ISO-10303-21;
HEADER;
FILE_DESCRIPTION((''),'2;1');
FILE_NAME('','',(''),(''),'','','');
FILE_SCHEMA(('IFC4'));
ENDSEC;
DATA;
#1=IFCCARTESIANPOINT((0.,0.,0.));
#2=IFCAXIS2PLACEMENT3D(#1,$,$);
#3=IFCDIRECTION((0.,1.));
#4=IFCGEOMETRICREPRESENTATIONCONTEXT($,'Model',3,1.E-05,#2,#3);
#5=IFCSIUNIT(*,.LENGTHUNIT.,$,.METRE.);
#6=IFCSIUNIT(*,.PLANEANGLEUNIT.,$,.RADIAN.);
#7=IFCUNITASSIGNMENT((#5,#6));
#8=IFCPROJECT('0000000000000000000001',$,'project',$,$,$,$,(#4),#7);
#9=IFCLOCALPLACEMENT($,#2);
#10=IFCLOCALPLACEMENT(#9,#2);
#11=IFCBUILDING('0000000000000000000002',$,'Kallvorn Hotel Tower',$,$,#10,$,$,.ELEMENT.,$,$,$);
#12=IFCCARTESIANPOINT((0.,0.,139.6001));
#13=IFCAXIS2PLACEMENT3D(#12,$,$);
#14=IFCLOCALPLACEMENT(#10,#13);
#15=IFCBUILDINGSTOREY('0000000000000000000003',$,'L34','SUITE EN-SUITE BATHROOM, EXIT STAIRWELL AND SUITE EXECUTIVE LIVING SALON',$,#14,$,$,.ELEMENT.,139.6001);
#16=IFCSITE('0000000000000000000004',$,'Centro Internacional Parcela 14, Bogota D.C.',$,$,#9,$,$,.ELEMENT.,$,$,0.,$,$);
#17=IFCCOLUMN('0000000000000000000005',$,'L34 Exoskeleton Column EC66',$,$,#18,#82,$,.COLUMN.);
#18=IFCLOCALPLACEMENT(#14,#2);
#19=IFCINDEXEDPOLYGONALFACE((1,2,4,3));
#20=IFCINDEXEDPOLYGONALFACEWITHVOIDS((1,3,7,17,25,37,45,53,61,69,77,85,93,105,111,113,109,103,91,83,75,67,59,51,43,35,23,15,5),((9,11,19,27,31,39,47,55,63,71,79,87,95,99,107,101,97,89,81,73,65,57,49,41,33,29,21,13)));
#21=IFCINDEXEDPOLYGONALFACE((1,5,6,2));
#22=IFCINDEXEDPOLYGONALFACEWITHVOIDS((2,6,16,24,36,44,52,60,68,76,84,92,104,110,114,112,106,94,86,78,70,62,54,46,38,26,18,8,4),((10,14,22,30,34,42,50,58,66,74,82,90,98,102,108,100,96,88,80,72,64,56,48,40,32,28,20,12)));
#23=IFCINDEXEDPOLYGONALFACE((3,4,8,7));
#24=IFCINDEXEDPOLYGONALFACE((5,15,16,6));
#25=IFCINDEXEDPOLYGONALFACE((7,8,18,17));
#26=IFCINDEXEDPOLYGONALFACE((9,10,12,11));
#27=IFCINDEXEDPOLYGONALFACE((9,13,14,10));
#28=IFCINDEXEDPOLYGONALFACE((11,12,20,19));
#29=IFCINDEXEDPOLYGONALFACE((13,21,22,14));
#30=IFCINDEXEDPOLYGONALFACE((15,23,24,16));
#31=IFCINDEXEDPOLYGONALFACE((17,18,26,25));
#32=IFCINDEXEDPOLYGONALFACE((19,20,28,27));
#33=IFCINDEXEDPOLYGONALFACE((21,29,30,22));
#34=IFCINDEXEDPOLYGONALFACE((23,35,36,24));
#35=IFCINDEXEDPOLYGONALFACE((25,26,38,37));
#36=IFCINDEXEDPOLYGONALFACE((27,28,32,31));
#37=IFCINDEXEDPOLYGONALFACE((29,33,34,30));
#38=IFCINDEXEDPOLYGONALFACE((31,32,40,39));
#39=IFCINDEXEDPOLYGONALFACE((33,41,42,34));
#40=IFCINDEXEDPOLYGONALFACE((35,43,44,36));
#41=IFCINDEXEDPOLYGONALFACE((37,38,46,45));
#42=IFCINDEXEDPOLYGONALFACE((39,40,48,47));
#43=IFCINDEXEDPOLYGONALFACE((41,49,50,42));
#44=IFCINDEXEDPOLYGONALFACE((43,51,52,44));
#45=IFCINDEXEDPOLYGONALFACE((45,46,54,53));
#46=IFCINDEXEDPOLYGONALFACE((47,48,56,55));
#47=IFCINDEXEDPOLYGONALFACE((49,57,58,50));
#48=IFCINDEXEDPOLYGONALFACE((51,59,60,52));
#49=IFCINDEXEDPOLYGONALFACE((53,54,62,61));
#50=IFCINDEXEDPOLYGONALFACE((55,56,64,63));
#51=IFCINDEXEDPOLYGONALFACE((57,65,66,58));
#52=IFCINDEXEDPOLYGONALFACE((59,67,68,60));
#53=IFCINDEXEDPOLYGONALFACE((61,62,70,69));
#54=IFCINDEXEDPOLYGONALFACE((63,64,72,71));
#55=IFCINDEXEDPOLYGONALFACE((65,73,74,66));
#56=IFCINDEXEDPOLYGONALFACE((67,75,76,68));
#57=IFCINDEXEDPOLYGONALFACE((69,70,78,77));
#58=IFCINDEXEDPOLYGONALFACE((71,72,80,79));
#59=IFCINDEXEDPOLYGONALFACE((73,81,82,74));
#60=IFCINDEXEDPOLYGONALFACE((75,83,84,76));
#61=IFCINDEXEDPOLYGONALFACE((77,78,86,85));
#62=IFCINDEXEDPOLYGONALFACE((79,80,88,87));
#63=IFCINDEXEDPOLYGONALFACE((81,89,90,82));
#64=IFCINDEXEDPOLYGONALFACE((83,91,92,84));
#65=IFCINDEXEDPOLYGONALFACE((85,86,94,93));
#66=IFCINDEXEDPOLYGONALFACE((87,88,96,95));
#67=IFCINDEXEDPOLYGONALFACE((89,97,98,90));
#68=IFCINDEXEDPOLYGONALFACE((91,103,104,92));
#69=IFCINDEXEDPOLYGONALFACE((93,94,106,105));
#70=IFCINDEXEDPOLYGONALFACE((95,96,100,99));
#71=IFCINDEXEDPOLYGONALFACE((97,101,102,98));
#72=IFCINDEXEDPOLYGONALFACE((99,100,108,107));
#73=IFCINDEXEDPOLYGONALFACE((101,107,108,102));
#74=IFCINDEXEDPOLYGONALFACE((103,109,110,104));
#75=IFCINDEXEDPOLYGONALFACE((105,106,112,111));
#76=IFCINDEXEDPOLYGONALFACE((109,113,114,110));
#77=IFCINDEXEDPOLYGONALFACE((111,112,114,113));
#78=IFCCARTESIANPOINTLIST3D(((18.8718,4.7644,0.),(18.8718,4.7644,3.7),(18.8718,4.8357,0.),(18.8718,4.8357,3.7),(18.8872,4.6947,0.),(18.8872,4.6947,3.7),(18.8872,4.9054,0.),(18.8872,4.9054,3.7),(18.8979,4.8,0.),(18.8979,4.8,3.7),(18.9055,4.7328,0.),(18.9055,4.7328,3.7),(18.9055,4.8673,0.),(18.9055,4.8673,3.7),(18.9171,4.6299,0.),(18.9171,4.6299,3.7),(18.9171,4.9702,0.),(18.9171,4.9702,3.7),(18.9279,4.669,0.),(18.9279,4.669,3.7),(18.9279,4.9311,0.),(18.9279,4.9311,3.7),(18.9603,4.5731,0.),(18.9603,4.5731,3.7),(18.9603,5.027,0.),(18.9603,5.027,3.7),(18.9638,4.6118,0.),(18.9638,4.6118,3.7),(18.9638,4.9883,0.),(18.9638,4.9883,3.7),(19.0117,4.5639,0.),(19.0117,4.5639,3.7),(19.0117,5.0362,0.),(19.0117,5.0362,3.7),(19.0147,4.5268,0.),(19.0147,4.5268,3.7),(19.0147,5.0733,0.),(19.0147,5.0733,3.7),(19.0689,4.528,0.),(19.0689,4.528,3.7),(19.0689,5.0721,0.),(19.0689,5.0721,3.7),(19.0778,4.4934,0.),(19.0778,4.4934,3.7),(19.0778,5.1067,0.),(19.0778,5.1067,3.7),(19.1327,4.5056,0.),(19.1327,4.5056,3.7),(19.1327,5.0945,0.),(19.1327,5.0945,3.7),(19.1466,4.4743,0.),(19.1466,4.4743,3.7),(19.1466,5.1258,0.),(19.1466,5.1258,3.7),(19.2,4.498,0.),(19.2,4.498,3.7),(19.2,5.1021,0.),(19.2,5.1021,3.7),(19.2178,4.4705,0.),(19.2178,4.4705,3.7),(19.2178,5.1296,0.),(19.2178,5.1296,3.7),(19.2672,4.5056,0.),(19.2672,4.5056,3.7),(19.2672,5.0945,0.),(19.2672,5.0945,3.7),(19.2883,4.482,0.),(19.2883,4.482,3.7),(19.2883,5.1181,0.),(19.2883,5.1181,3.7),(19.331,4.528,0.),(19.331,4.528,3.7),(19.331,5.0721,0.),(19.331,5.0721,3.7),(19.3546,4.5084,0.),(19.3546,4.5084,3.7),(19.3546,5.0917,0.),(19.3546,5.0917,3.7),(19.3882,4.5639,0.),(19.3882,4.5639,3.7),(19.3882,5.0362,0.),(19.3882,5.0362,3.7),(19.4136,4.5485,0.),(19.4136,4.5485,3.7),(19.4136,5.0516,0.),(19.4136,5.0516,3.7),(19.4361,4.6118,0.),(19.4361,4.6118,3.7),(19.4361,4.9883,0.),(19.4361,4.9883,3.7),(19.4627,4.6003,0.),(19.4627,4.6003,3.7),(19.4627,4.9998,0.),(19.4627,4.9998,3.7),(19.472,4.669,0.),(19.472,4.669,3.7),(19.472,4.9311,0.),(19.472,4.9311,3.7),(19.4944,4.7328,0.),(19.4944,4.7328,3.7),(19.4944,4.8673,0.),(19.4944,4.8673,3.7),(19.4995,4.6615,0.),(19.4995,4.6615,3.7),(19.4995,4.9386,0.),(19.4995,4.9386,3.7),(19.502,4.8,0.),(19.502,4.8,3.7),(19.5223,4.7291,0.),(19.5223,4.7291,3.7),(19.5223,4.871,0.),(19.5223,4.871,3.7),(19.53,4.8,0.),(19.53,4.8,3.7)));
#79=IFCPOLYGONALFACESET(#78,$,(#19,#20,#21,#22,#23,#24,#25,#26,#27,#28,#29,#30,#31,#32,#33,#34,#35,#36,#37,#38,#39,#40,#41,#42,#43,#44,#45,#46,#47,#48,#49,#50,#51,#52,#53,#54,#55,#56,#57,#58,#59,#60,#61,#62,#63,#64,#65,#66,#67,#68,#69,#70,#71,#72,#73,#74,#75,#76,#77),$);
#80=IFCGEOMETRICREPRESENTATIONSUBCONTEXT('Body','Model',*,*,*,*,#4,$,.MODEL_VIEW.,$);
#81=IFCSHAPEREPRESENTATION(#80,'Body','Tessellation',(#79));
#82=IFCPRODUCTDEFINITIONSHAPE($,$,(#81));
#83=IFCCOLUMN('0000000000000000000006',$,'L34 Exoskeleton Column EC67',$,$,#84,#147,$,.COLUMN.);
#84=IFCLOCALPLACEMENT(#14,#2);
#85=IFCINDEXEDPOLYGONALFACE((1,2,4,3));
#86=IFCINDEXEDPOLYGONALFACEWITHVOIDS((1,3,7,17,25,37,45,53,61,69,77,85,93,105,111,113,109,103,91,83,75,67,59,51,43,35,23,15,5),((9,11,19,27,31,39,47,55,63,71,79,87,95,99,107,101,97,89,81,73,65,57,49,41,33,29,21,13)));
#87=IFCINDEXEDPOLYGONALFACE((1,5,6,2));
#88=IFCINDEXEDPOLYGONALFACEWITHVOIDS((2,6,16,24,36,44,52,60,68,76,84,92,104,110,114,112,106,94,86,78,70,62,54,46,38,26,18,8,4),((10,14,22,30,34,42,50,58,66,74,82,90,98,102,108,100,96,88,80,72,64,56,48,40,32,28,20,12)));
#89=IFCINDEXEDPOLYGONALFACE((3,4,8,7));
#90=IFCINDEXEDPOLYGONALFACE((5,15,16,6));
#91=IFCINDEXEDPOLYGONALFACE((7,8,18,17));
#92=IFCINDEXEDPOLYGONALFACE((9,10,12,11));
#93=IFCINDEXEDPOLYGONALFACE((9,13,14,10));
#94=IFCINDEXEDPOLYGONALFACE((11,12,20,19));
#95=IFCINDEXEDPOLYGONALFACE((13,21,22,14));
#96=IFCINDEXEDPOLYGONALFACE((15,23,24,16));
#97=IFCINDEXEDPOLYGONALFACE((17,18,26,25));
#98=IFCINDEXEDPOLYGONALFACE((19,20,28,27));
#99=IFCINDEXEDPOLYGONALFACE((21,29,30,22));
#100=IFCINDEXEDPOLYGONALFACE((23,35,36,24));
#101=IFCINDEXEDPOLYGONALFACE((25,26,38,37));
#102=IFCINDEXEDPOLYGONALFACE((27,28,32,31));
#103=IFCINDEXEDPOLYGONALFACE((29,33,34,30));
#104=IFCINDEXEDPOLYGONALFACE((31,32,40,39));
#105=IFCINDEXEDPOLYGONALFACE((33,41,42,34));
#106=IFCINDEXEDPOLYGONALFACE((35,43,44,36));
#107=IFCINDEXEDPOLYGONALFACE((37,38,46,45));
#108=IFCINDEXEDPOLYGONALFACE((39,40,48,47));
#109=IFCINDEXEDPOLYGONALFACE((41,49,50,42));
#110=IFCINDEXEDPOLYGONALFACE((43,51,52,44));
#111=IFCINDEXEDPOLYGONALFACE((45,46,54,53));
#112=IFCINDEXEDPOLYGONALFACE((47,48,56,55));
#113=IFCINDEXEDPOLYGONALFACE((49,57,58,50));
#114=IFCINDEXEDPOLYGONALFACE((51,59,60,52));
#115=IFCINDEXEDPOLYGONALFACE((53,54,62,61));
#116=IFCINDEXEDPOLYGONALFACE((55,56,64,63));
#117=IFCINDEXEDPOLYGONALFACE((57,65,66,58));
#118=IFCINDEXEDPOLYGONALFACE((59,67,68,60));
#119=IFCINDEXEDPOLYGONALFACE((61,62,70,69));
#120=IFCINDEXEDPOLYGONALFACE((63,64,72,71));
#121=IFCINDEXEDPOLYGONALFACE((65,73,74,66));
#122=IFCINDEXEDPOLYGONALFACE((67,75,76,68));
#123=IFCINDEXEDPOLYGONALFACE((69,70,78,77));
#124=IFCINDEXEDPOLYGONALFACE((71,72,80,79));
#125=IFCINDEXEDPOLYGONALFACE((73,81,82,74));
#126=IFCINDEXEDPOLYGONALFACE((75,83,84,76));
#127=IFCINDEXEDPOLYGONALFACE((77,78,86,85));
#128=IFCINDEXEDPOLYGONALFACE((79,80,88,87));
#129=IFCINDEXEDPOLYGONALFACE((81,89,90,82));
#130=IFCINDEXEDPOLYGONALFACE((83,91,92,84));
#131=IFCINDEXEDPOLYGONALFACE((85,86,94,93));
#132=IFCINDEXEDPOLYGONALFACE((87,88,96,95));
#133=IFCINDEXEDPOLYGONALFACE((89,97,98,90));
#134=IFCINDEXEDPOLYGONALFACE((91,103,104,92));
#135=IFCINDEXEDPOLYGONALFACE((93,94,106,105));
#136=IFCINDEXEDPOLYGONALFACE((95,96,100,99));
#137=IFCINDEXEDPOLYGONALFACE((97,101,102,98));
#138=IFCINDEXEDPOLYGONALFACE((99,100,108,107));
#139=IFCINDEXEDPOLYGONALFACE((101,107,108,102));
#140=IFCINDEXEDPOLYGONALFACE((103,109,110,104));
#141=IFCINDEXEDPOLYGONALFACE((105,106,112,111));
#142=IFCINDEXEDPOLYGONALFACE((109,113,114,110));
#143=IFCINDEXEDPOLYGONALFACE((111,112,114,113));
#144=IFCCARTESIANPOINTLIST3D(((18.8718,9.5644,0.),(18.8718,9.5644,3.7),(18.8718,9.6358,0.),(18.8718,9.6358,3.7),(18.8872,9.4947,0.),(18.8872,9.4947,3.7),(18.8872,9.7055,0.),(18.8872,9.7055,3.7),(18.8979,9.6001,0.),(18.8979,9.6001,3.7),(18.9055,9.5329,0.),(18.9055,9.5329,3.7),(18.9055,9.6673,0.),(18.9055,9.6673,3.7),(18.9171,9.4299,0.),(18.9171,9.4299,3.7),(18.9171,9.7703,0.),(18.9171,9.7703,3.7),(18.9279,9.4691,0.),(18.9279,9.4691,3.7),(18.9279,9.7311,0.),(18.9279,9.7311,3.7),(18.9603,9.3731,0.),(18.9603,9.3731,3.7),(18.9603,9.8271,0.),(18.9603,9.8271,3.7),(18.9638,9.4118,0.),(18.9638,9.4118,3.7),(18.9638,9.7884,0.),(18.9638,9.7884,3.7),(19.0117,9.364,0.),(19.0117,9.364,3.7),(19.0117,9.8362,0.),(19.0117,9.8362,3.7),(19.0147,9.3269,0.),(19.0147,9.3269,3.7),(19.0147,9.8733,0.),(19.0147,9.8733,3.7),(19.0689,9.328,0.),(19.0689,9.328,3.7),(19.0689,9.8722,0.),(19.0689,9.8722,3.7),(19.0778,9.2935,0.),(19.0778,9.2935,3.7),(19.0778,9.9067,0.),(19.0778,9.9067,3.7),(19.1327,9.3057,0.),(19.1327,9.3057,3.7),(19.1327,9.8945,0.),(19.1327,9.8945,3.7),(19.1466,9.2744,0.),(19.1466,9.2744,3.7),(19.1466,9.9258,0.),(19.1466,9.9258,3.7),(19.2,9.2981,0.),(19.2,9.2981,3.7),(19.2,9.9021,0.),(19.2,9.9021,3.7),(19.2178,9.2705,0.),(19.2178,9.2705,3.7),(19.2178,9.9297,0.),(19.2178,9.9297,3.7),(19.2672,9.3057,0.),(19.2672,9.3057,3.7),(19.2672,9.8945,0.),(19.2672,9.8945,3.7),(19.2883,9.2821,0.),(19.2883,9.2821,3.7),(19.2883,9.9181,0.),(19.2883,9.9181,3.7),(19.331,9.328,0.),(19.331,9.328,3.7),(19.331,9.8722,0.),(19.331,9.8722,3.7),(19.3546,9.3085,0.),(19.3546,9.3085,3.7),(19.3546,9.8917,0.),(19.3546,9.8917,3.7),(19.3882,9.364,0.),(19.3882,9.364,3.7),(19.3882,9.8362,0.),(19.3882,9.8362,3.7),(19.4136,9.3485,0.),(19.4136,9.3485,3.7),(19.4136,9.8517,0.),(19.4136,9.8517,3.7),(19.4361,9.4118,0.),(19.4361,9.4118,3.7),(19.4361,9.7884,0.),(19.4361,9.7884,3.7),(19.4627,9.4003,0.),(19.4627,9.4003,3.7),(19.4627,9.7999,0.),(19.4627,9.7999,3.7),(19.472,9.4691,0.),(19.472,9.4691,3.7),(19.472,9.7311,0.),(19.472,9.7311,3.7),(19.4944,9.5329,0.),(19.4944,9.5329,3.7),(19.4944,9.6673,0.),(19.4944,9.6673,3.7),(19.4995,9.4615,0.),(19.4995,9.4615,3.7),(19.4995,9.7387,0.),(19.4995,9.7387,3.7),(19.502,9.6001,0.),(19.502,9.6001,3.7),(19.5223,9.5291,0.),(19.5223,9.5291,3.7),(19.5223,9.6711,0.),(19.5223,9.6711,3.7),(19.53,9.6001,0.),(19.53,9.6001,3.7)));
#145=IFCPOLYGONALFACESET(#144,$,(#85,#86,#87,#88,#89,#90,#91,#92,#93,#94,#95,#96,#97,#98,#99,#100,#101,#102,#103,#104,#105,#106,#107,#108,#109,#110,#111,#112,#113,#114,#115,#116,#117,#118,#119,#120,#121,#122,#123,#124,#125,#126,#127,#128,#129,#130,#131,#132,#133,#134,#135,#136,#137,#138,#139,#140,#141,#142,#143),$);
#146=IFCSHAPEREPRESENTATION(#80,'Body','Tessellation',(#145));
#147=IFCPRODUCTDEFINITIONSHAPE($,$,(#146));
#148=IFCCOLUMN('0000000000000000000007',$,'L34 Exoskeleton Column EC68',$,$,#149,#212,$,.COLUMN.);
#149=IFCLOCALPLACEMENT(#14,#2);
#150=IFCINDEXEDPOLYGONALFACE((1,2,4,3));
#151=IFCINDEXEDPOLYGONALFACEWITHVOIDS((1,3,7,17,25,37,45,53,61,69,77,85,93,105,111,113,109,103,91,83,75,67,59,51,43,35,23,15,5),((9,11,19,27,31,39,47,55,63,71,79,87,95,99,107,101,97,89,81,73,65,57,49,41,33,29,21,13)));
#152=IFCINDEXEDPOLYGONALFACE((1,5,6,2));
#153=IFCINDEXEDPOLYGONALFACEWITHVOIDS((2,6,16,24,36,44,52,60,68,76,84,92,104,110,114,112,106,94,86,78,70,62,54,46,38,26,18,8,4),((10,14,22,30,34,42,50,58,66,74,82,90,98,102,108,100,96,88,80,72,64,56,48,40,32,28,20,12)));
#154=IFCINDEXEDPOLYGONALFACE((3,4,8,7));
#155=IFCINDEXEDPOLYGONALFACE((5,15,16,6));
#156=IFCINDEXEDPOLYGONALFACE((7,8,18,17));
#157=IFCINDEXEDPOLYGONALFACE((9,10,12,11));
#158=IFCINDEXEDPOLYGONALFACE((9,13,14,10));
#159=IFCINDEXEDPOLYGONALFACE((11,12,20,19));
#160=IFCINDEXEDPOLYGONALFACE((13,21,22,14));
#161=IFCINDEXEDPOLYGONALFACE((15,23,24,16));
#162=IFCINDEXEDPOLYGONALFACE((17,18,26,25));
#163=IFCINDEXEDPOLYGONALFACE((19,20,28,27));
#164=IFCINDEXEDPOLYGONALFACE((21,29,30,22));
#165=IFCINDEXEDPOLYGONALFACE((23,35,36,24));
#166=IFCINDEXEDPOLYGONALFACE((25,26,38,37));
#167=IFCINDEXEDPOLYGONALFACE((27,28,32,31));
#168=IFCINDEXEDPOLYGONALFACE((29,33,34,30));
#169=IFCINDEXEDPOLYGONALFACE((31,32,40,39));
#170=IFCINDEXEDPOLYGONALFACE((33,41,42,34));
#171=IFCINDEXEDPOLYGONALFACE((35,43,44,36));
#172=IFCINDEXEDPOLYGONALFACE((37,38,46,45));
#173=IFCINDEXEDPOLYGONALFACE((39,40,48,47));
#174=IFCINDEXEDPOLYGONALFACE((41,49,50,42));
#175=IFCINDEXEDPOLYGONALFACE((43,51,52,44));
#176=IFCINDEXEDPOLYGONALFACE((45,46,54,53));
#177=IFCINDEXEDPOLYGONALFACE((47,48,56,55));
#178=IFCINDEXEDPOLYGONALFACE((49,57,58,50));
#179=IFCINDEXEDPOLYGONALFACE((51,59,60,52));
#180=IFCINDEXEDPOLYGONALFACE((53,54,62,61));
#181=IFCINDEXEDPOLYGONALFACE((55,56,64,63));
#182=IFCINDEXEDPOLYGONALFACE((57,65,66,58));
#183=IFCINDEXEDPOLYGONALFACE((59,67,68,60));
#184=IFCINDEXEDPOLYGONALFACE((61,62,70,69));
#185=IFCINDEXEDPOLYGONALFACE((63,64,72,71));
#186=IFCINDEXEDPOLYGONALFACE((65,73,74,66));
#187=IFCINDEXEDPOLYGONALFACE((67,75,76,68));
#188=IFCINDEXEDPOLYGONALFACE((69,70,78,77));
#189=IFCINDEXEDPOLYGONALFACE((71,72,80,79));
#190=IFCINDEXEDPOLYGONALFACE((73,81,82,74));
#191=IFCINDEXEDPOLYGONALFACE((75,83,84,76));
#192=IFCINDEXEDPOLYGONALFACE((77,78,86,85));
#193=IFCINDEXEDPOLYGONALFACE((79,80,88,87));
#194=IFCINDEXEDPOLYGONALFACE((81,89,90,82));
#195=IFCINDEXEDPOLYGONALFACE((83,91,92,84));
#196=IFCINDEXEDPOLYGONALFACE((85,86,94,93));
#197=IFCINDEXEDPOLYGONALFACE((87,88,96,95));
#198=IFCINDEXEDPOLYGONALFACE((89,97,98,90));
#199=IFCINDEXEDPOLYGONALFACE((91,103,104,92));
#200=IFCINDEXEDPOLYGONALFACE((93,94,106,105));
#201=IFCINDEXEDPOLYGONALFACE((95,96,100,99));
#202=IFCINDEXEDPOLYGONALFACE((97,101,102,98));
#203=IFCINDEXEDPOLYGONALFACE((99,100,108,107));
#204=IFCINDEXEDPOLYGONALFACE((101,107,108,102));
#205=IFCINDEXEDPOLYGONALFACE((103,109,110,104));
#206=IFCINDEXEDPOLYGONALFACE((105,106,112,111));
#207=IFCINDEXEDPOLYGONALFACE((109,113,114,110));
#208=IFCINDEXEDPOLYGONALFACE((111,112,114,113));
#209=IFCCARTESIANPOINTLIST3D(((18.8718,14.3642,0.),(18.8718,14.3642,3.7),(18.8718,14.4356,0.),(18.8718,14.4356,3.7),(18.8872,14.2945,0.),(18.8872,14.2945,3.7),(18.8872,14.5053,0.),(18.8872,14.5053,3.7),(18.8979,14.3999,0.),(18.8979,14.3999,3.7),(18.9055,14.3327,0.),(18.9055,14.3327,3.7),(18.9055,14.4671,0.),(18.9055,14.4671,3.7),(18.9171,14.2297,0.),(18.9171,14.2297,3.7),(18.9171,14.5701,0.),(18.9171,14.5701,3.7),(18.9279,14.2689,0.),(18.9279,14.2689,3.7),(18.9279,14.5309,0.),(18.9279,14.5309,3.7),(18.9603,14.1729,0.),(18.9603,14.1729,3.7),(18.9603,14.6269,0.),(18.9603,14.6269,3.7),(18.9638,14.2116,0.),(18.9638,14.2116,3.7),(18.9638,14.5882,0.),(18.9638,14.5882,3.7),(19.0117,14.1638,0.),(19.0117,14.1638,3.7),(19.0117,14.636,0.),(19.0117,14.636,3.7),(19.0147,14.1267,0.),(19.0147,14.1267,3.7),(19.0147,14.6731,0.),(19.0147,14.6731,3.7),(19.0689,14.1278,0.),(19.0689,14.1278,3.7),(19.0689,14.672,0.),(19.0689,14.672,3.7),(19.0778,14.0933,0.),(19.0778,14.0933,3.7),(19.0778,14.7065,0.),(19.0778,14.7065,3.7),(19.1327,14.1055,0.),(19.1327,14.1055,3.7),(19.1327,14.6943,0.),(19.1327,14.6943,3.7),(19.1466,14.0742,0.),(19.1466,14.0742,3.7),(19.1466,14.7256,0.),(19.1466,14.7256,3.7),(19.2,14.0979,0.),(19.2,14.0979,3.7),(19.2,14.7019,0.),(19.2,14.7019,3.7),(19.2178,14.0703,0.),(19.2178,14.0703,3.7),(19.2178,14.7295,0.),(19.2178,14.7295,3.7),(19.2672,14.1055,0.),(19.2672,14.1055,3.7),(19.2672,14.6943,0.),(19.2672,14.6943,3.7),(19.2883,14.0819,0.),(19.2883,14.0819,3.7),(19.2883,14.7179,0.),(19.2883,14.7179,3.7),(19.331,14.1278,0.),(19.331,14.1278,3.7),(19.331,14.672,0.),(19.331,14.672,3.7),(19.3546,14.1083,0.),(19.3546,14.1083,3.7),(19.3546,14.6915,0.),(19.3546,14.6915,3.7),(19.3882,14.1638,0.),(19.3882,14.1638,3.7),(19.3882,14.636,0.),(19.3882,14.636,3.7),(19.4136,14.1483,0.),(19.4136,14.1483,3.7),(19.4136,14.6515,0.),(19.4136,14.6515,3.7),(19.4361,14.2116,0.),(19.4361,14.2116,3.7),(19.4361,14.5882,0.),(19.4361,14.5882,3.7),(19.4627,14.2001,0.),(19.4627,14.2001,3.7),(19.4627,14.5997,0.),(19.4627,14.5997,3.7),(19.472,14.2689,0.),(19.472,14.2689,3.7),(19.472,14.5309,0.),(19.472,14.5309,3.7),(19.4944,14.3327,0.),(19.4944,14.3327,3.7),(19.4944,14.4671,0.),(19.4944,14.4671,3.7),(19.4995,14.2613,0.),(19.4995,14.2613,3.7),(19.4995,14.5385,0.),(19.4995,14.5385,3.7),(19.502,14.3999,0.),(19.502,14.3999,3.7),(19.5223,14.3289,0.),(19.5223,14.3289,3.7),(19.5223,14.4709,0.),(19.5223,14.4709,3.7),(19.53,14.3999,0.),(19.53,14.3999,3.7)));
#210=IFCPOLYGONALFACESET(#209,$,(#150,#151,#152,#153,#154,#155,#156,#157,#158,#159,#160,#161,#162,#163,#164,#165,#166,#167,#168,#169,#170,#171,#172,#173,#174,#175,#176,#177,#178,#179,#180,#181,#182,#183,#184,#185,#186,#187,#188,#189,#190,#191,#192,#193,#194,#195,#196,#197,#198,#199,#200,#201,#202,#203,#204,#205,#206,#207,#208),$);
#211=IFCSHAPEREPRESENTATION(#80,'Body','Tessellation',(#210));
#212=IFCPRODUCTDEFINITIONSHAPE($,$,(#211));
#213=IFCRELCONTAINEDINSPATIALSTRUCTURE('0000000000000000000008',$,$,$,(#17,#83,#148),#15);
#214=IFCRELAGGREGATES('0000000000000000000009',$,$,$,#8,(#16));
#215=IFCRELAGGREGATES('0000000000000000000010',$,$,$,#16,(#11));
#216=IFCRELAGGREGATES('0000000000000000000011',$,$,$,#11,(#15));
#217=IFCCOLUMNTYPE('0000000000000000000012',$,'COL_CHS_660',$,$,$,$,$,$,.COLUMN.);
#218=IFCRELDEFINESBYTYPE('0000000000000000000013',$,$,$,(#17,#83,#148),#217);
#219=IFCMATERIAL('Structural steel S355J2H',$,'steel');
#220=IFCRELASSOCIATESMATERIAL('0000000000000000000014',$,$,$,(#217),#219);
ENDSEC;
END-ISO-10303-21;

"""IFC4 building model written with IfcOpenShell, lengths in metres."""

from ifc_helpers import new_model, si_unit, direction, frame, origin, origin_2d, place, context, subcontext, project, spatial, hollow_circle, extrude, material, material_profile, profile_set, type_object, element, save


model = new_model("IFC4")

# Units and contexts
model_context = context("Model", 3, precision=1e-05, world=origin(), true_north=direction((0.0, 1.0)))
body_context = subcontext(model_context, "Body", "Model", "MODEL_VIEW")
ifc_project = project(units=[si_unit("LENGTHUNIT", "METRE"), si_unit("PLANEANGLEUNIT", "RADIAN")], contexts=[model_context])

# Site, building, storey
site_placement = place(None, origin())
site = spatial("IfcSite", under=ifc_project, at=site_placement, Name="Centro Internacional Parcela 14, Bogota D.C.", CompositionType="ELEMENT", RefElevation=0.0)
building_placement = place(site_placement, origin())
building = spatial("IfcBuilding", under=site, at=building_placement, Name="Kallvorn Hotel Tower", CompositionType="ELEMENT")
storey_placement = place(building_placement, frame((0.0, 0.0, 139.6001)))
storey = spatial("IfcBuildingStorey", under=building, at=storey_placement, Name="L34", Description="SUITE EN-SUITE BATHROOM, EXIT STAIRWELL AND SUITE EXECUTIVE LIVING SALON", CompositionType="ELEMENT", Elevation=139.6001)

# Columns
ifc_material_1 = material(Name="Structural steel S355J2H", Category="steel")
ifc_material_profile_1 = material_profile(ifc_material_1, hollow_circle(Radius=0.3301, WallThickness=0.0281, at=origin_2d()), Name="CHS 660x28")
ifc_profile_set_1 = profile_set([ifc_material_profile_1], Name="Structural steel S355J2H")
column_type_1 = type_object("IfcColumnType", Name="COL_CHS_660", PredefinedType="COLUMN", material=ifc_profile_set_1)
for number, where, z_axis, x_axis, name in (
    (1, (19.2, 4.8, 0.0), (0.0, 0.0, 1.0), (1.0, 0.0, 0.0), "L34 Exoskeleton Column EC66"),
    (2, (19.2, 9.6001, 0.0), (0.0, 0.0, 1.0), (1.0, 0.0, 0.0), "L34 Exoskeleton Column EC67"),
    (3, (19.2, 14.3999, 0.0), (0.0, 0.0, 1.0), (1.0, 0.0, 0.0), "L34 Exoskeleton Column EC68"),
):
    element("IfcColumn", number, at=place(storey_placement, frame(where, z_axis=z_axis, x_axis=x_axis)), inside=storey, type_object=column_type_1, Name=name, PredefinedType="COLUMN", context=body_context, shape_type="SweptSolid", body=[
        extrude(hollow_circle(Radius=0.3301, WallThickness=0.0281, at=origin_2d()), origin(), (0.0, 0.0, 1.0), 3.7),
    ])

save(model, "model.ifc")
